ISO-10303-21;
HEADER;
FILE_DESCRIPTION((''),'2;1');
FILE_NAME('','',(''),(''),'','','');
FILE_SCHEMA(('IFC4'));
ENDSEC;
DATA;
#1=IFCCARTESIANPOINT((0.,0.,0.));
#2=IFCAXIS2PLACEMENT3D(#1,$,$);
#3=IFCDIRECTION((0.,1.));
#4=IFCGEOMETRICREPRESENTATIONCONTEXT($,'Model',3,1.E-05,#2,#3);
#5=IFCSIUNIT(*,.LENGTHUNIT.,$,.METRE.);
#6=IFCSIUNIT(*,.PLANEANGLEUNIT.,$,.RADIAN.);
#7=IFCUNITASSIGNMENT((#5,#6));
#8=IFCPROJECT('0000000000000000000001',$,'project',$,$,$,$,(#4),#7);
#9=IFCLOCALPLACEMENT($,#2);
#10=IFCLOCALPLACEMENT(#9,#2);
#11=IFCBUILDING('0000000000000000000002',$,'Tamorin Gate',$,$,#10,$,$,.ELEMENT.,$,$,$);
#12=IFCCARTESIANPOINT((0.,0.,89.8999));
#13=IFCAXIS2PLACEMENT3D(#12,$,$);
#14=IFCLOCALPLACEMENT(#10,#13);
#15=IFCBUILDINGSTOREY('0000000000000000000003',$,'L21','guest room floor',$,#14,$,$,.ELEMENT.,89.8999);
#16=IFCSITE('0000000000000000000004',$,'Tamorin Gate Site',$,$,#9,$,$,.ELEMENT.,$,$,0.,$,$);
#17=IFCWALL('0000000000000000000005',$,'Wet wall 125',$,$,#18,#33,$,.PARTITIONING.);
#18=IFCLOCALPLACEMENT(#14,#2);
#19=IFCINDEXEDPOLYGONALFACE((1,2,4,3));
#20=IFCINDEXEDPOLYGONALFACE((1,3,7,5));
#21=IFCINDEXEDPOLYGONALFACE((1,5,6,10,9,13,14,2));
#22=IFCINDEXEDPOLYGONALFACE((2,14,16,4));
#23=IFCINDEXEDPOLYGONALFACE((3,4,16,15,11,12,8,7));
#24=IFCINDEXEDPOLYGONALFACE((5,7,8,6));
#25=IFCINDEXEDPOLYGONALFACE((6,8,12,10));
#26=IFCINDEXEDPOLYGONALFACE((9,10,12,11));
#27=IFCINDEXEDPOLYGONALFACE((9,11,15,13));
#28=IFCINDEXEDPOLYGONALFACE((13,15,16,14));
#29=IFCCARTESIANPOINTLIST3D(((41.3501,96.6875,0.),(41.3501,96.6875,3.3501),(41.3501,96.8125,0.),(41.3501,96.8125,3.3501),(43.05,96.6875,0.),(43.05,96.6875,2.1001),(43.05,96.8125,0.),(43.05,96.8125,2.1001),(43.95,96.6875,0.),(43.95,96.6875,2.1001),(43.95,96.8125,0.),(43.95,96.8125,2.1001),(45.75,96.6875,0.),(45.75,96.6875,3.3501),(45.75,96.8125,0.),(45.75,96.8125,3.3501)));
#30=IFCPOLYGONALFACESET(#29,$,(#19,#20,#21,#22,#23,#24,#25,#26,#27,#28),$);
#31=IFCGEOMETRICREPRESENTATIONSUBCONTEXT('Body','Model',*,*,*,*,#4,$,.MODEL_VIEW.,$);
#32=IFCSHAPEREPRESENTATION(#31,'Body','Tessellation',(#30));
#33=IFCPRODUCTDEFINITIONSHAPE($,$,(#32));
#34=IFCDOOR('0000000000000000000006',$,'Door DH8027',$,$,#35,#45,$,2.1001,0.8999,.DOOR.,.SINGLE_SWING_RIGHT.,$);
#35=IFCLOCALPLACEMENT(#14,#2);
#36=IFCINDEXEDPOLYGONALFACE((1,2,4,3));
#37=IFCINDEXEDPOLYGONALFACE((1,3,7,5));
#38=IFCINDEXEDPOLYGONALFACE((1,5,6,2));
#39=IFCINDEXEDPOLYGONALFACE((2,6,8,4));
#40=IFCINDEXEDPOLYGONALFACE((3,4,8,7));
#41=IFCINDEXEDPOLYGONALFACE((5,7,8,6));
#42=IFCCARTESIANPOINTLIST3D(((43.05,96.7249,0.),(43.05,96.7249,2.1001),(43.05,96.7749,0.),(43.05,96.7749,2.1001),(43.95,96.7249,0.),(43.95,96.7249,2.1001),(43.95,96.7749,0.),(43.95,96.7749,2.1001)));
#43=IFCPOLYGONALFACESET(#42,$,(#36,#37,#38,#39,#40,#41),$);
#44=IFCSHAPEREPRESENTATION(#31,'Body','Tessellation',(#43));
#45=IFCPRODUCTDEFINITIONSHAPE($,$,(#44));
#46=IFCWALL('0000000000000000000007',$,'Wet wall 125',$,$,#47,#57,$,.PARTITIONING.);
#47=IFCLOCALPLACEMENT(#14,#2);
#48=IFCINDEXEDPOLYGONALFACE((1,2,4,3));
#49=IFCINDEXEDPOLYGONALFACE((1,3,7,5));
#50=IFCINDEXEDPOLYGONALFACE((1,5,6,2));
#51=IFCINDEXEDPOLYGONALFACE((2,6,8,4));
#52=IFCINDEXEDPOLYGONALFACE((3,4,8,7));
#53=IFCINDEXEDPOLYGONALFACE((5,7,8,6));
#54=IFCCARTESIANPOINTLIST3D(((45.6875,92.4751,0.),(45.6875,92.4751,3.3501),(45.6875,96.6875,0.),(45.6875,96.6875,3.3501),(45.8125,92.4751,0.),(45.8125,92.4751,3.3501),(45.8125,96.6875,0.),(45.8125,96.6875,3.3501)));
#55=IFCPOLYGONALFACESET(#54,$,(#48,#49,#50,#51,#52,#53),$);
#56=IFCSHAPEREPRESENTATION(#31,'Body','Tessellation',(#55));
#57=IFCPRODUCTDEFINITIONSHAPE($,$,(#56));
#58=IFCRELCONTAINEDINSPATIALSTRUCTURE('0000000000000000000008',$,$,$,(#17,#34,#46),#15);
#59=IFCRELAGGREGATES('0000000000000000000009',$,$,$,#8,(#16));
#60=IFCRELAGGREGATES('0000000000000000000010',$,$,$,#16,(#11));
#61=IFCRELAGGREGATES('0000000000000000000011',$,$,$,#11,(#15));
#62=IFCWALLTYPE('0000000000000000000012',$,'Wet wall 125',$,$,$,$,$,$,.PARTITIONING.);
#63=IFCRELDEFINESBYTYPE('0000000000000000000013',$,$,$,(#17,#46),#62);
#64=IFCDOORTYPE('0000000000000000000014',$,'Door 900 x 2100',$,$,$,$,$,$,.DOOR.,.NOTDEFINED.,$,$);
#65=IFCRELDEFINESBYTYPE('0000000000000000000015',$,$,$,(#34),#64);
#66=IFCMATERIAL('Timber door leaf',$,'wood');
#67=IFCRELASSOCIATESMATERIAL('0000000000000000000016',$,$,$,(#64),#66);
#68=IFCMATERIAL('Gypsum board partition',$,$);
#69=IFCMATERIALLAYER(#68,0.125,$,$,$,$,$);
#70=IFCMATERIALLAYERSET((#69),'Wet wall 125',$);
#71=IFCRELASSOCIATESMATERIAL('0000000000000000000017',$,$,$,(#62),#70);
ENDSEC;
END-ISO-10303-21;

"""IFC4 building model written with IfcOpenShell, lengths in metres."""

from ifc_helpers import new_model, si_unit, direction, frame, frame_2d, origin, place, context, subcontext, project, spatial, rectangle, extrude, material, layer, layer_set, type_object, element, fill, save


model = new_model("IFC4")

# Units and contexts
model_context = context("Model", 3, precision=1e-05, world=origin(), true_north=direction((0.0, 1.0)))
body_context = subcontext(model_context, "Body", "Model", "MODEL_VIEW")
ifc_project = project(units=[si_unit("LENGTHUNIT", "METRE"), si_unit("PLANEANGLEUNIT", "RADIAN")], contexts=[model_context])

# Site, building, storey
site_placement = place(None, origin())
site = spatial("IfcSite", under=ifc_project, at=site_placement, Name="Tamorin Gate Site", CompositionType="ELEMENT", RefElevation=0.0)
building_placement = place(site_placement, origin())
building = spatial("IfcBuilding", under=site, at=building_placement, Name="Tamorin Gate", CompositionType="ELEMENT")
storey_placement = place(building_placement, frame((0.0, 0.0, 89.8999)))
storey = spatial("IfcBuildingStorey", under=building, at=storey_placement, Name="L21", Description="guest room floor", CompositionType="ELEMENT", Elevation=89.8999)

# Shared definitions
ifc_material_1 = material(Name="Gypsum board partition")

# Wall, opening, door
ifc_material_2 = material(Name="Timber door leaf", Category="wood")
door_type = type_object("IfcDoorType", Name="Door 900 x 2100", OperationType="NOTDEFINED", PredefinedType="DOOR", material=ifc_material_2)
ifc_layer_1 = layer(ifc_material_1, 0.125)
ifc_layer_set_1 = layer_set([ifc_layer_1], Name="Wet wall 125")
wall_type_1 = type_object("IfcWallType", Name="Wet wall 125", PredefinedType="PARTITIONING", material=ifc_layer_set_1)
wall_1_placement = place(storey_placement, frame((41.3501, 96.75, 0.0), z_axis=(0.0, 0.0, 1.0), x_axis=(1.0, 0.0, 0.0)))
wall_1 = element("IfcWall", 1, at=wall_1_placement, inside=storey, type_object=wall_type_1, Name="Wet wall 125", PredefinedType="PARTITIONING", context=body_context, shape_type="SweptSolid", body=[
    extrude(rectangle(XDim=4.3999, YDim=0.125, at=frame_2d((2.2, 0.0))), origin(), (0.0, 0.0, 1.0), 3.3501),
])
opening_1_placement = place(wall_1_placement, frame((1.7, 0.0, 0.0)))
opening_1 = element("IfcOpeningElement", 2, at=opening_1_placement, cuts=wall_1, PredefinedType="OPENING", context=body_context, shape_type="SweptSolid", body=[
    extrude(rectangle(XDim=0.8999, YDim=2.1001, at=frame_2d((0.45, 1.05))), frame((0.0, 0.0725, 0.0), z_axis=(0.0, -1.0, 0.0), x_axis=(1.0, 0.0, 0.0)), (0.0, 0.0, 1.0), 0.145),
])
door_1_placement = place(opening_1_placement, origin())
door_1 = element("IfcDoor", 3, at=door_1_placement, inside=storey, type_object=door_type, Name="Door DH8027", OperationType="SINGLE_SWING_RIGHT", OverallHeight=2.1001, OverallWidth=0.8999, PredefinedType="DOOR", context=body_context, shape_type="SweptSolid", body=[
    extrude(rectangle(XDim=0.8999, YDim=2.1001, at=frame_2d((0.45, 1.05))), frame((0.0, 0.0249, 0.0), z_axis=(0.0, -1.0, 0.0), x_axis=(1.0, 0.0, 0.0)), (0.0, 0.0, 1.0), 0.05),
])
fill(opening_1, door_1)

# Wall
wall_2_placement = place(storey_placement, frame((45.75, 92.4751, 0.0), z_axis=(0.0, 0.0, 1.0), x_axis=(0.0, 1.0, 0.0)))
element("IfcWall", 4, at=wall_2_placement, inside=storey, type_object=wall_type_1, Name="Wet wall 125", PredefinedType="PARTITIONING", context=body_context, shape_type="SweptSolid", body=[
    extrude(rectangle(XDim=4.2124, YDim=0.125, at=frame_2d((2.1062, 0.0))), origin(), (0.0, 0.0, 1.0), 3.3501),
])

save(model, "model.ifc")
